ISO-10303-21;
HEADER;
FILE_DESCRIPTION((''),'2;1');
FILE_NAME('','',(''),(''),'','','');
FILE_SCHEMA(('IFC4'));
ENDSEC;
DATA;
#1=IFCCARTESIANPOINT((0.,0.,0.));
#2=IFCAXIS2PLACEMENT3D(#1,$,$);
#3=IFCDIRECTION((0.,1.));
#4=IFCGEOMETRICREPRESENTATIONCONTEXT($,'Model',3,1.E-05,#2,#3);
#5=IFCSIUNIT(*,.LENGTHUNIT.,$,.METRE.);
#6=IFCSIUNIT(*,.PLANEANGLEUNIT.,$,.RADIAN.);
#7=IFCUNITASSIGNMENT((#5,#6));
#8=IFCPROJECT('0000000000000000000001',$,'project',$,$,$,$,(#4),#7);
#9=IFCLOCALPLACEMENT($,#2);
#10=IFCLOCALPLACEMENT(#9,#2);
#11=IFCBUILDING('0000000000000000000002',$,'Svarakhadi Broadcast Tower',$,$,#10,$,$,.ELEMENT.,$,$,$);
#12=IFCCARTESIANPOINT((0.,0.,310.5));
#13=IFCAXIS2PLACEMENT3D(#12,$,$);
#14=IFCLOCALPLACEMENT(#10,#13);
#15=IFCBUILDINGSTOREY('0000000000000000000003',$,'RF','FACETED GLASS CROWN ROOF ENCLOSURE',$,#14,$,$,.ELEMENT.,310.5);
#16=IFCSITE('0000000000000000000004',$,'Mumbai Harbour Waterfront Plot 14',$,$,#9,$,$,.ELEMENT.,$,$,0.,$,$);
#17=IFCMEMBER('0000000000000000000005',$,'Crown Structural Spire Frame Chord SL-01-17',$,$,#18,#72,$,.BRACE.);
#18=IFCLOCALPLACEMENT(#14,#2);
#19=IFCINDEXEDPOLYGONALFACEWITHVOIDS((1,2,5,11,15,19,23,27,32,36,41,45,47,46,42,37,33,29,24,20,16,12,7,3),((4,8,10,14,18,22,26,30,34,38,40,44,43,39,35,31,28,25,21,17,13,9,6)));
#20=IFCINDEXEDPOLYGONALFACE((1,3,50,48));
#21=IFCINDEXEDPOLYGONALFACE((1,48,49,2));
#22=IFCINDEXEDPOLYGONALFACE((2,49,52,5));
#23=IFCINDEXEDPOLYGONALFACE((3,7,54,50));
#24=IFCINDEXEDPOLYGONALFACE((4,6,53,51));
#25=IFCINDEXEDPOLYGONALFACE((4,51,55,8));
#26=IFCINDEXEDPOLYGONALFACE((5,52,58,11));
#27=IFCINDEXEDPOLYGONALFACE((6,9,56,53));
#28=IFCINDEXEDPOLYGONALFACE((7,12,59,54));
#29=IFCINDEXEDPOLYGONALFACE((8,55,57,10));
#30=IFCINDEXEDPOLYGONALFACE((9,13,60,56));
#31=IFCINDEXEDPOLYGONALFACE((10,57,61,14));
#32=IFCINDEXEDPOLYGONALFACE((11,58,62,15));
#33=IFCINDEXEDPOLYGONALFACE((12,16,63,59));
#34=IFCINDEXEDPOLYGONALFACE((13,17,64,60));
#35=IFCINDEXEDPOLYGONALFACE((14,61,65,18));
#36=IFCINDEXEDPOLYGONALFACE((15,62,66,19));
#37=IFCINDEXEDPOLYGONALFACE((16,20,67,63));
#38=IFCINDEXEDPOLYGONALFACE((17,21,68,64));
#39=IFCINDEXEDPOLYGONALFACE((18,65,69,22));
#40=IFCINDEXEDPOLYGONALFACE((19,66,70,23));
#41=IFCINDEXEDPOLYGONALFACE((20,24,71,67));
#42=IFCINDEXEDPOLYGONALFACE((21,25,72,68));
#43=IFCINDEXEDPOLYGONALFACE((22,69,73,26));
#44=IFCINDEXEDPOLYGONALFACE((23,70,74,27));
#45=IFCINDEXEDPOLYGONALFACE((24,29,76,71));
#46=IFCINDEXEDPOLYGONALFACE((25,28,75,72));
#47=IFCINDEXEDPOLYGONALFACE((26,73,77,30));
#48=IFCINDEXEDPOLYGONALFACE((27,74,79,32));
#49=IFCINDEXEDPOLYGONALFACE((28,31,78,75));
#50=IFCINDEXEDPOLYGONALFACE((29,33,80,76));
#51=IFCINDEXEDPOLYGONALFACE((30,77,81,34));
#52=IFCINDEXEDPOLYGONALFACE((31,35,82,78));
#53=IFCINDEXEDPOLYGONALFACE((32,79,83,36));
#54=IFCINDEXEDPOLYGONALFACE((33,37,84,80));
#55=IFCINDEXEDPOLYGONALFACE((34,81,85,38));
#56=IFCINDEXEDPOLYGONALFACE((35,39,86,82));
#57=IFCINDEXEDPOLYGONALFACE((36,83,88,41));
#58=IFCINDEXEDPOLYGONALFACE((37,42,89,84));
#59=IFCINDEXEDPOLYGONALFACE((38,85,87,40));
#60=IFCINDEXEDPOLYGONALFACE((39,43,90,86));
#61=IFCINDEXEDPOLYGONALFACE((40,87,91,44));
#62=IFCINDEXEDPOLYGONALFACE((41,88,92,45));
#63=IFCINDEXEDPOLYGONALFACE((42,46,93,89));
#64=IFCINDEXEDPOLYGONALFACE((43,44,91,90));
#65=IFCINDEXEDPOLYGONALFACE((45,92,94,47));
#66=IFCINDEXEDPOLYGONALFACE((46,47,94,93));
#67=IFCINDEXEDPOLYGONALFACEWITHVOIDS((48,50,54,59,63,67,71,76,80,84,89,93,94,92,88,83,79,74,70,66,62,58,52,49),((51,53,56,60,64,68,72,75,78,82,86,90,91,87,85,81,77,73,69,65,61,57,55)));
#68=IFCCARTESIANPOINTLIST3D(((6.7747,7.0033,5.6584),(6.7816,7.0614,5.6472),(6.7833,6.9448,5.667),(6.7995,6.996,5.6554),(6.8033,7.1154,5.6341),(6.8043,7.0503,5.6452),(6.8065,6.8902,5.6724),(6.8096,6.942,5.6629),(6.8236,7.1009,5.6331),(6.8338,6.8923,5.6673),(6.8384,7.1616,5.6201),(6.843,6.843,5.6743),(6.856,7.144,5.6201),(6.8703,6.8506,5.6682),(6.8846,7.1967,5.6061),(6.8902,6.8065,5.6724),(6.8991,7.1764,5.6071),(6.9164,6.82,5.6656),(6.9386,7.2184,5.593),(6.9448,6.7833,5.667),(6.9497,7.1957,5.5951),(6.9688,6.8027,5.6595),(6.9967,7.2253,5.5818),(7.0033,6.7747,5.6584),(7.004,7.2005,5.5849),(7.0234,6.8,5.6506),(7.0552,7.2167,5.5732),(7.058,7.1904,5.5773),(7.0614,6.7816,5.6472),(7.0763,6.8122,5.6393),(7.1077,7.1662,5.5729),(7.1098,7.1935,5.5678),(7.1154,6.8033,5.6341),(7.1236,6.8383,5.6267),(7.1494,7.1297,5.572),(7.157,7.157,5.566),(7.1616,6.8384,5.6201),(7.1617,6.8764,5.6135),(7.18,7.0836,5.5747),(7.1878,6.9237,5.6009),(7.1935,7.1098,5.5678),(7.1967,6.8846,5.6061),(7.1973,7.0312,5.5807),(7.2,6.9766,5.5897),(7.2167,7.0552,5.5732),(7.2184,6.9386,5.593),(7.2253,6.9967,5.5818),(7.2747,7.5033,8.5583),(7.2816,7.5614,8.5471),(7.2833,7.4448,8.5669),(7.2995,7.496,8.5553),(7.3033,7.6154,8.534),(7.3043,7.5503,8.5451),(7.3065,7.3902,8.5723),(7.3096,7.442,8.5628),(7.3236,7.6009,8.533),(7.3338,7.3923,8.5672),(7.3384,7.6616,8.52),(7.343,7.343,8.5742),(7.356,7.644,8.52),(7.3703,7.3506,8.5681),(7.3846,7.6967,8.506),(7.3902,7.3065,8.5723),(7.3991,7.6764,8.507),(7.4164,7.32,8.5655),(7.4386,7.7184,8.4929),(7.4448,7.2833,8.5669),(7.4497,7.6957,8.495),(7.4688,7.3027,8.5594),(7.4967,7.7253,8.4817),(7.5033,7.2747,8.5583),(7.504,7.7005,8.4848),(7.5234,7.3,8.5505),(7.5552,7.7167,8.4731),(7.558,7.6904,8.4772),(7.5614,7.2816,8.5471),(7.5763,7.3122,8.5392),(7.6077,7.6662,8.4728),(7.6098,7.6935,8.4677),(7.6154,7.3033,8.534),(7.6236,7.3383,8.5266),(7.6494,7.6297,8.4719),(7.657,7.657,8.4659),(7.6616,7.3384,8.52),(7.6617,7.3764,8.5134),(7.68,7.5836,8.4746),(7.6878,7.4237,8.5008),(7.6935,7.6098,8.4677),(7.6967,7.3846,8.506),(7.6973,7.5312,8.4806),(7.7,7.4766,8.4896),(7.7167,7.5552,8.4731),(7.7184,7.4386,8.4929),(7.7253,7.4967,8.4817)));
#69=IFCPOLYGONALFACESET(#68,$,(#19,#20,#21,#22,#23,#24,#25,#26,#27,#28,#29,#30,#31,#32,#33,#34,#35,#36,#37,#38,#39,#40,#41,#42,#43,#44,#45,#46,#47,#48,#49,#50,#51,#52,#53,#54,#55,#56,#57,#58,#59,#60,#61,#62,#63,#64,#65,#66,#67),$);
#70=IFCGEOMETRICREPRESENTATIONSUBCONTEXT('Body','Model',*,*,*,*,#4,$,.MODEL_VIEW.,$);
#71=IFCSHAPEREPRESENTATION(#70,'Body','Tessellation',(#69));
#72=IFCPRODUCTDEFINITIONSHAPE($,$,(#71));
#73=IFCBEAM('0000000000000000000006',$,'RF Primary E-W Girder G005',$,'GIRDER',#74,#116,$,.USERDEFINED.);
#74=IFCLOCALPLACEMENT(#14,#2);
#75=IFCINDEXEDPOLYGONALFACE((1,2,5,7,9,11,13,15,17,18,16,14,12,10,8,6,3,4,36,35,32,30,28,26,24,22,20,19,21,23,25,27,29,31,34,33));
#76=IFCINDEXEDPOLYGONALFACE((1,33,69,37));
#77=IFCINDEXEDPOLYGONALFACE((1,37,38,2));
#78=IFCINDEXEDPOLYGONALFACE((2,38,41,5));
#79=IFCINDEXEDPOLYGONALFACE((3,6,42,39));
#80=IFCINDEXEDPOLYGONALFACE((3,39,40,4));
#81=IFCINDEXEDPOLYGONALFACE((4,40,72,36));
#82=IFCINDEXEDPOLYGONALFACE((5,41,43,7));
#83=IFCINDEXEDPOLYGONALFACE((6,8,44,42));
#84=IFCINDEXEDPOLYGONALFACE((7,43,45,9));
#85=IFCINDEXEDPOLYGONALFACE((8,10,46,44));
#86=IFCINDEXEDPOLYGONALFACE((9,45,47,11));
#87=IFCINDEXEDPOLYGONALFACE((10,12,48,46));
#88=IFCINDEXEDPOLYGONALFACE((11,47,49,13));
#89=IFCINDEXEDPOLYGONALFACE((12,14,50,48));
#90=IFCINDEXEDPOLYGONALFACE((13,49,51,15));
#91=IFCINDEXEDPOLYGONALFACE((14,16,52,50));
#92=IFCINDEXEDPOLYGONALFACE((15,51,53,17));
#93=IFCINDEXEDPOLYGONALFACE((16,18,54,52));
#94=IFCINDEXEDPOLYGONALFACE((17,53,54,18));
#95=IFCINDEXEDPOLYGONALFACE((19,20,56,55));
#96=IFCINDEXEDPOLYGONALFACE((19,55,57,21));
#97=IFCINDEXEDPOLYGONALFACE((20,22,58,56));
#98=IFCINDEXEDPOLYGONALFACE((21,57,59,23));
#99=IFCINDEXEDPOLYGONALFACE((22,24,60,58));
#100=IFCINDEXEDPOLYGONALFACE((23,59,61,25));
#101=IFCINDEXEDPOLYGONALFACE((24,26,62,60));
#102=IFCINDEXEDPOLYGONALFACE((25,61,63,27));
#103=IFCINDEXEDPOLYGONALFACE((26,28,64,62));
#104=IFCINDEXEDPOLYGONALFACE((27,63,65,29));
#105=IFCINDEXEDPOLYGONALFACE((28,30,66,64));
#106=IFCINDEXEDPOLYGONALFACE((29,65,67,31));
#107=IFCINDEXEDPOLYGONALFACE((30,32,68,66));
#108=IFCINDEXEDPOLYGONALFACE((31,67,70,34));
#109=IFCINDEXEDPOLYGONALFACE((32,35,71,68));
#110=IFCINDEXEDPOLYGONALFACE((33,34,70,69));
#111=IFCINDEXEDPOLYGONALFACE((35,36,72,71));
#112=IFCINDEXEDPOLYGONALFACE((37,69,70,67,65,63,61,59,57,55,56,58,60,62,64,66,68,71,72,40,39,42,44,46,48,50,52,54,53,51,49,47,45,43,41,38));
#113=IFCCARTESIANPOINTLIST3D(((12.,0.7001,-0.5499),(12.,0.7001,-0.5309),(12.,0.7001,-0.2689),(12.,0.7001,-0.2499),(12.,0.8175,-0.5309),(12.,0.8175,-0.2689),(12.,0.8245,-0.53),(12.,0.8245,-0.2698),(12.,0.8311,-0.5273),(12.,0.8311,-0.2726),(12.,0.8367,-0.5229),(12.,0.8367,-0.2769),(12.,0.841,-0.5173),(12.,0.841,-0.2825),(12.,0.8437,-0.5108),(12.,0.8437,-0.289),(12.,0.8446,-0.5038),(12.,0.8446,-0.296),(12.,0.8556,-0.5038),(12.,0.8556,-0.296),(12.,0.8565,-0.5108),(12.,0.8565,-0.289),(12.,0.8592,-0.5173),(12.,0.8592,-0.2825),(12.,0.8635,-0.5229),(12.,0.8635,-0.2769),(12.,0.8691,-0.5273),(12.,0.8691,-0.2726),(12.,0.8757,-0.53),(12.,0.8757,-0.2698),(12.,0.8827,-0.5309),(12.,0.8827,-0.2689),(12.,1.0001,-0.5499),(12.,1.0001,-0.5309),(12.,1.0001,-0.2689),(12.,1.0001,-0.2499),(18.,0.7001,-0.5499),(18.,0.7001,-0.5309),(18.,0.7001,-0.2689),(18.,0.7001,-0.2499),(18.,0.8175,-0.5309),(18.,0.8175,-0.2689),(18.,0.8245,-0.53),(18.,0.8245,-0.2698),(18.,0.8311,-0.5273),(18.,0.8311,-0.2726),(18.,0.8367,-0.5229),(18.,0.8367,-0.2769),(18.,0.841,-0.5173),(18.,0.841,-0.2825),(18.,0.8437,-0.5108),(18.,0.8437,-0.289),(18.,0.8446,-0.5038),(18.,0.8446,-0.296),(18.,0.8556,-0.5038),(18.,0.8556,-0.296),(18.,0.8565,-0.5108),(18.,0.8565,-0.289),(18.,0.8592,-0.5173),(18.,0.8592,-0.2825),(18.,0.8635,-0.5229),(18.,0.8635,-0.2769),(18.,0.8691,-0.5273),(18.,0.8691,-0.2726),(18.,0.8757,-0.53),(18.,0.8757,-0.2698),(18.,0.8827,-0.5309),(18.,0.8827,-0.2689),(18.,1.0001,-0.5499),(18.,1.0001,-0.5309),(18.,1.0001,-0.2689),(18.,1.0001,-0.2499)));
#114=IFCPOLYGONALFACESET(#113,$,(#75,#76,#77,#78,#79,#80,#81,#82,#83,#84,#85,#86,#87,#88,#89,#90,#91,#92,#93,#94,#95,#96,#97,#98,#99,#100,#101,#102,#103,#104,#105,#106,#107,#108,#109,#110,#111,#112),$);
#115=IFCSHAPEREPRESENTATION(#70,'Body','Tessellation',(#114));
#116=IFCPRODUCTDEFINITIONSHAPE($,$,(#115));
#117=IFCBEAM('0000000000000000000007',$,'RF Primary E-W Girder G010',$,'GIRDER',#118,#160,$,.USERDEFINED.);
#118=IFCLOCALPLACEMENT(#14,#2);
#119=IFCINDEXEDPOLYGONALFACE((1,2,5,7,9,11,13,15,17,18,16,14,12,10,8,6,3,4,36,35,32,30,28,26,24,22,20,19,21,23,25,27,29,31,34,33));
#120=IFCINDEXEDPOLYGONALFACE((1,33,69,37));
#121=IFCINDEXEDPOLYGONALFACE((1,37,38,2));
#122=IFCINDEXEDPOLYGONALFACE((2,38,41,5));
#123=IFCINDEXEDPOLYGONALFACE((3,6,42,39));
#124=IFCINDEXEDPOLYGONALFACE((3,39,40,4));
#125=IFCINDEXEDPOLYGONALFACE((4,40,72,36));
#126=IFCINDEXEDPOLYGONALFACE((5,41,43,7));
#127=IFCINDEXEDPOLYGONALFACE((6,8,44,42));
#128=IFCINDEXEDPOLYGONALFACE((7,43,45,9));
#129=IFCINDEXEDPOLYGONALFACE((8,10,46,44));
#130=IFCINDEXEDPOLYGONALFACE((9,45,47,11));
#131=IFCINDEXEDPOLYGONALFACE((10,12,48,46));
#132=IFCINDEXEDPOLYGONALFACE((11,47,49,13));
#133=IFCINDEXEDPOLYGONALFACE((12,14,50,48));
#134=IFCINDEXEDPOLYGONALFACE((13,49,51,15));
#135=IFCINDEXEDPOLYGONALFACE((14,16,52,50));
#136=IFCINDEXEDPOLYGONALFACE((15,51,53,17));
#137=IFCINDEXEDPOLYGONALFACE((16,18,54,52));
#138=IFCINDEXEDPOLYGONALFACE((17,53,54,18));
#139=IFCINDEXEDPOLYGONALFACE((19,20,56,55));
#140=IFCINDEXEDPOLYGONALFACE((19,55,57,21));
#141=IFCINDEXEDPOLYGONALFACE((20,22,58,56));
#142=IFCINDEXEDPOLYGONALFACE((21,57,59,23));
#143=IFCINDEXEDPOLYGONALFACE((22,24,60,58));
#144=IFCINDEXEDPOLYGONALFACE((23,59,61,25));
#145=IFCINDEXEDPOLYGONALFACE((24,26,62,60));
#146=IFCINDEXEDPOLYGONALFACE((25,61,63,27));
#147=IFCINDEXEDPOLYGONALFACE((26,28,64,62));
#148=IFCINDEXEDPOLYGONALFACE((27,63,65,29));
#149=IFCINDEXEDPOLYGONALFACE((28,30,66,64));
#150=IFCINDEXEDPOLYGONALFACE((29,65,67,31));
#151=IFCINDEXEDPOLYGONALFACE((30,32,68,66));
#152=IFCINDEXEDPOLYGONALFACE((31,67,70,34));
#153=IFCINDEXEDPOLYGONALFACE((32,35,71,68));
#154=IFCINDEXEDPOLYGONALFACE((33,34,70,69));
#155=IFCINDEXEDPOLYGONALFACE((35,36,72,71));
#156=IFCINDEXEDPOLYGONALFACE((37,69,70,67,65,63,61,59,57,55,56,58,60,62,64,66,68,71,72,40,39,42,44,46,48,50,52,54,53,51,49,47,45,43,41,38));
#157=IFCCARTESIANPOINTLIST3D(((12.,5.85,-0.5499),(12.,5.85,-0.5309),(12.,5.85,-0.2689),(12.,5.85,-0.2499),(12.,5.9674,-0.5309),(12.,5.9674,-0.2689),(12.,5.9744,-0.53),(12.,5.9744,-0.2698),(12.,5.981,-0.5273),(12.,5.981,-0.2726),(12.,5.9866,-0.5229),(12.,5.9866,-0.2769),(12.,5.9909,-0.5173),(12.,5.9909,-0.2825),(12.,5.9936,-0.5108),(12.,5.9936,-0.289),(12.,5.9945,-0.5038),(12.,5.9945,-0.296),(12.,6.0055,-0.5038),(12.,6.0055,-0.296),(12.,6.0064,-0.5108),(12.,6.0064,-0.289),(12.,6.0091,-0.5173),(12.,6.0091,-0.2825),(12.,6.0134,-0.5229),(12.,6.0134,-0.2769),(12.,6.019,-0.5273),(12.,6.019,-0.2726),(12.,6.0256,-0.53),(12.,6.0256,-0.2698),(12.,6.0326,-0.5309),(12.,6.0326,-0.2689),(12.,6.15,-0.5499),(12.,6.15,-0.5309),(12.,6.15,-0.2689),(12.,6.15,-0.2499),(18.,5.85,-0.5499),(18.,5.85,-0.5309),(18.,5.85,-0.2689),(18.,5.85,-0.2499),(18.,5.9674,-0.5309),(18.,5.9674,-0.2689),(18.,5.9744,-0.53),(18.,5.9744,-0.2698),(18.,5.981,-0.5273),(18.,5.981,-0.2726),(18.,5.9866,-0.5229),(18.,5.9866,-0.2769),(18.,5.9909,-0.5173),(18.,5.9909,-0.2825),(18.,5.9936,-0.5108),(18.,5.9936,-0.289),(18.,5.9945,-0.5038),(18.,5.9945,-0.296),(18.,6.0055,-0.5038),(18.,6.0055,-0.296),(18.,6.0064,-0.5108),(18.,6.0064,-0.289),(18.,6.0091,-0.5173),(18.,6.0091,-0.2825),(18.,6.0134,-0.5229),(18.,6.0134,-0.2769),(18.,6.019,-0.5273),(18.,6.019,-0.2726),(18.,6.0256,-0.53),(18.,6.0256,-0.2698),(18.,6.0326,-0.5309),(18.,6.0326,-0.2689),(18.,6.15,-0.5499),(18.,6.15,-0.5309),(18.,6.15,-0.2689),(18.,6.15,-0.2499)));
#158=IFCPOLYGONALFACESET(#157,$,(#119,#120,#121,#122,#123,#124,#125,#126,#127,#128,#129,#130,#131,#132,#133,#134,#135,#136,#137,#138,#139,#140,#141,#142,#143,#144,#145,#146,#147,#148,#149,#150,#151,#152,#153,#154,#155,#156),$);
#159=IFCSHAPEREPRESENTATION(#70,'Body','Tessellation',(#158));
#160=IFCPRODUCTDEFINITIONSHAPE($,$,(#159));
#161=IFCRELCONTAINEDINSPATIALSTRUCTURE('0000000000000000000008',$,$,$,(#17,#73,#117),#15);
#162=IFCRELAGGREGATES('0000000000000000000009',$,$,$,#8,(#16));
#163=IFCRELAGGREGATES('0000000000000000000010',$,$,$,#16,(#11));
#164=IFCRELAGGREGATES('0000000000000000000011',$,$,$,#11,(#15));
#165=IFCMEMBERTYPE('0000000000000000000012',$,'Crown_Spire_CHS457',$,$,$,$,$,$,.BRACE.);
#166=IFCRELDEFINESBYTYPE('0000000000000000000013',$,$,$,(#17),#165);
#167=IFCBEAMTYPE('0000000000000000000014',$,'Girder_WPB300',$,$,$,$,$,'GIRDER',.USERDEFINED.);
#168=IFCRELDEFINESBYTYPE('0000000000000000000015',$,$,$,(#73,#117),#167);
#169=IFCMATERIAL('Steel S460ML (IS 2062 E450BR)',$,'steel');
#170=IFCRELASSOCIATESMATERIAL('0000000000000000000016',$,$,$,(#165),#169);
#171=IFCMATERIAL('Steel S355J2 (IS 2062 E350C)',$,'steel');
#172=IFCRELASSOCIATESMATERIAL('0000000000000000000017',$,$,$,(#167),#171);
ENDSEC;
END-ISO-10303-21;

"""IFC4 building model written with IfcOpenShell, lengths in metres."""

from ifc_helpers import new_model, si_unit, direction, frame, origin, origin_2d, place, context, subcontext, project, spatial, hollow_circle, i_section, extrude, material, material_profile, profile_set, type_object, element, save


model = new_model("IFC4")

# Units and contexts
model_context = context("Model", 3, precision=1e-05, world=origin(), true_north=direction((0.0, 1.0)))
body_context = subcontext(model_context, "Body", "Model", "MODEL_VIEW")
ifc_project = project(units=[si_unit("LENGTHUNIT", "METRE"), si_unit("PLANEANGLEUNIT", "RADIAN")], contexts=[model_context])

# Site, building, storey
site_placement = place(None, origin())
site = spatial("IfcSite", under=ifc_project, at=site_placement, Name="Mumbai Harbour Waterfront Plot 14", CompositionType="ELEMENT", RefElevation=0.0)
building_placement = place(site_placement, origin())
building = spatial("IfcBuilding", under=site, at=building_placement, Name="Svarakhadi Broadcast Tower", CompositionType="ELEMENT")
storey_placement = place(building_placement, frame((0.0, 0.0, 310.5)))
storey = spatial("IfcBuildingStorey", under=building, at=storey_placement, Name="RF", Description="FACETED GLASS CROWN ROOF ENCLOSURE", CompositionType="ELEMENT", Elevation=310.5)

# Shared definitions
ifc_material_1 = material(Name="Steel S355J2 (IS 2062 E350C)", Category="steel")

# Member
ifc_material_2 = material(Name="Steel S460ML (IS 2062 E450BR)", Category="steel")
ifc_material_profile_1 = material_profile(ifc_material_2, hollow_circle(Radius=0.2285, WallThickness=0.0249, at=origin_2d()), Name="CHS 457x25")
ifc_profile_set_1 = profile_set([ifc_material_profile_1], Name="Steel S460ML (IS 2062 E450BR)")
member_type_1 = type_object("IfcMemberType", Name="Crown_Spire_CHS457", PredefinedType="BRACE", material=ifc_profile_set_1)
member_1_placement = place(storey_placement, frame((7.0, 7.0, 5.6201), z_axis=(0.167512, 0.167512, 0.971535), x_axis=(-0.707107, 0.707107, 0.0)))
element("IfcMember", 1, at=member_1_placement, inside=storey, type_object=member_type_1, Name="Crown Structural Spire Frame Chord SL-01-17", PredefinedType="BRACE", context=body_context, shape_type="SweptSolid", body=[
    extrude(hollow_circle(Radius=0.2285, WallThickness=0.0249, at=origin_2d()), origin(), (0.0, 0.0, 1.0), 2.9849),
])

# Beams
ifc_material_profile_2 = material_profile(ifc_material_1, i_section(OverallWidth=0.3, OverallDepth=0.3, WebThickness=0.011, FlangeThickness=0.019, FilletRadius=0.0271, at=origin_2d()), Name="WPB 300x300x117")
ifc_profile_set_2 = profile_set([ifc_material_profile_2], Name="Steel S355J2 (IS 2062 E350C)")
beam_type_1 = type_object("IfcBeamType", Name="Girder_WPB300", ElementType="GIRDER", PredefinedType="USERDEFINED", material=ifc_profile_set_2)
for number, where, z_axis, x_axis, name in (
    (2, (12.0, 0.8501, -0.3999), (1.0, 0.0, 0.0), (0.0, 1.0, 0.0), "RF Primary E-W Girder G005"),
    (3, (12.0, 6.0, -0.3999), (1.0, 0.0, 0.0), (0.0, 1.0, 0.0), "RF Primary E-W Girder G010"),
):
    element("IfcBeam", number, at=place(storey_placement, frame(where, z_axis=z_axis, x_axis=x_axis)), inside=storey, type_object=beam_type_1, Name=name, ObjectType="GIRDER", PredefinedType="USERDEFINED", context=body_context, shape_type="SweptSolid", body=[
        extrude(i_section(OverallWidth=0.3, OverallDepth=0.3, WebThickness=0.011, FlangeThickness=0.019, FilletRadius=0.0271, at=origin_2d()), origin(), (0.0, 0.0, 1.0), 6.0),
    ])

save(model, "model.ifc")
